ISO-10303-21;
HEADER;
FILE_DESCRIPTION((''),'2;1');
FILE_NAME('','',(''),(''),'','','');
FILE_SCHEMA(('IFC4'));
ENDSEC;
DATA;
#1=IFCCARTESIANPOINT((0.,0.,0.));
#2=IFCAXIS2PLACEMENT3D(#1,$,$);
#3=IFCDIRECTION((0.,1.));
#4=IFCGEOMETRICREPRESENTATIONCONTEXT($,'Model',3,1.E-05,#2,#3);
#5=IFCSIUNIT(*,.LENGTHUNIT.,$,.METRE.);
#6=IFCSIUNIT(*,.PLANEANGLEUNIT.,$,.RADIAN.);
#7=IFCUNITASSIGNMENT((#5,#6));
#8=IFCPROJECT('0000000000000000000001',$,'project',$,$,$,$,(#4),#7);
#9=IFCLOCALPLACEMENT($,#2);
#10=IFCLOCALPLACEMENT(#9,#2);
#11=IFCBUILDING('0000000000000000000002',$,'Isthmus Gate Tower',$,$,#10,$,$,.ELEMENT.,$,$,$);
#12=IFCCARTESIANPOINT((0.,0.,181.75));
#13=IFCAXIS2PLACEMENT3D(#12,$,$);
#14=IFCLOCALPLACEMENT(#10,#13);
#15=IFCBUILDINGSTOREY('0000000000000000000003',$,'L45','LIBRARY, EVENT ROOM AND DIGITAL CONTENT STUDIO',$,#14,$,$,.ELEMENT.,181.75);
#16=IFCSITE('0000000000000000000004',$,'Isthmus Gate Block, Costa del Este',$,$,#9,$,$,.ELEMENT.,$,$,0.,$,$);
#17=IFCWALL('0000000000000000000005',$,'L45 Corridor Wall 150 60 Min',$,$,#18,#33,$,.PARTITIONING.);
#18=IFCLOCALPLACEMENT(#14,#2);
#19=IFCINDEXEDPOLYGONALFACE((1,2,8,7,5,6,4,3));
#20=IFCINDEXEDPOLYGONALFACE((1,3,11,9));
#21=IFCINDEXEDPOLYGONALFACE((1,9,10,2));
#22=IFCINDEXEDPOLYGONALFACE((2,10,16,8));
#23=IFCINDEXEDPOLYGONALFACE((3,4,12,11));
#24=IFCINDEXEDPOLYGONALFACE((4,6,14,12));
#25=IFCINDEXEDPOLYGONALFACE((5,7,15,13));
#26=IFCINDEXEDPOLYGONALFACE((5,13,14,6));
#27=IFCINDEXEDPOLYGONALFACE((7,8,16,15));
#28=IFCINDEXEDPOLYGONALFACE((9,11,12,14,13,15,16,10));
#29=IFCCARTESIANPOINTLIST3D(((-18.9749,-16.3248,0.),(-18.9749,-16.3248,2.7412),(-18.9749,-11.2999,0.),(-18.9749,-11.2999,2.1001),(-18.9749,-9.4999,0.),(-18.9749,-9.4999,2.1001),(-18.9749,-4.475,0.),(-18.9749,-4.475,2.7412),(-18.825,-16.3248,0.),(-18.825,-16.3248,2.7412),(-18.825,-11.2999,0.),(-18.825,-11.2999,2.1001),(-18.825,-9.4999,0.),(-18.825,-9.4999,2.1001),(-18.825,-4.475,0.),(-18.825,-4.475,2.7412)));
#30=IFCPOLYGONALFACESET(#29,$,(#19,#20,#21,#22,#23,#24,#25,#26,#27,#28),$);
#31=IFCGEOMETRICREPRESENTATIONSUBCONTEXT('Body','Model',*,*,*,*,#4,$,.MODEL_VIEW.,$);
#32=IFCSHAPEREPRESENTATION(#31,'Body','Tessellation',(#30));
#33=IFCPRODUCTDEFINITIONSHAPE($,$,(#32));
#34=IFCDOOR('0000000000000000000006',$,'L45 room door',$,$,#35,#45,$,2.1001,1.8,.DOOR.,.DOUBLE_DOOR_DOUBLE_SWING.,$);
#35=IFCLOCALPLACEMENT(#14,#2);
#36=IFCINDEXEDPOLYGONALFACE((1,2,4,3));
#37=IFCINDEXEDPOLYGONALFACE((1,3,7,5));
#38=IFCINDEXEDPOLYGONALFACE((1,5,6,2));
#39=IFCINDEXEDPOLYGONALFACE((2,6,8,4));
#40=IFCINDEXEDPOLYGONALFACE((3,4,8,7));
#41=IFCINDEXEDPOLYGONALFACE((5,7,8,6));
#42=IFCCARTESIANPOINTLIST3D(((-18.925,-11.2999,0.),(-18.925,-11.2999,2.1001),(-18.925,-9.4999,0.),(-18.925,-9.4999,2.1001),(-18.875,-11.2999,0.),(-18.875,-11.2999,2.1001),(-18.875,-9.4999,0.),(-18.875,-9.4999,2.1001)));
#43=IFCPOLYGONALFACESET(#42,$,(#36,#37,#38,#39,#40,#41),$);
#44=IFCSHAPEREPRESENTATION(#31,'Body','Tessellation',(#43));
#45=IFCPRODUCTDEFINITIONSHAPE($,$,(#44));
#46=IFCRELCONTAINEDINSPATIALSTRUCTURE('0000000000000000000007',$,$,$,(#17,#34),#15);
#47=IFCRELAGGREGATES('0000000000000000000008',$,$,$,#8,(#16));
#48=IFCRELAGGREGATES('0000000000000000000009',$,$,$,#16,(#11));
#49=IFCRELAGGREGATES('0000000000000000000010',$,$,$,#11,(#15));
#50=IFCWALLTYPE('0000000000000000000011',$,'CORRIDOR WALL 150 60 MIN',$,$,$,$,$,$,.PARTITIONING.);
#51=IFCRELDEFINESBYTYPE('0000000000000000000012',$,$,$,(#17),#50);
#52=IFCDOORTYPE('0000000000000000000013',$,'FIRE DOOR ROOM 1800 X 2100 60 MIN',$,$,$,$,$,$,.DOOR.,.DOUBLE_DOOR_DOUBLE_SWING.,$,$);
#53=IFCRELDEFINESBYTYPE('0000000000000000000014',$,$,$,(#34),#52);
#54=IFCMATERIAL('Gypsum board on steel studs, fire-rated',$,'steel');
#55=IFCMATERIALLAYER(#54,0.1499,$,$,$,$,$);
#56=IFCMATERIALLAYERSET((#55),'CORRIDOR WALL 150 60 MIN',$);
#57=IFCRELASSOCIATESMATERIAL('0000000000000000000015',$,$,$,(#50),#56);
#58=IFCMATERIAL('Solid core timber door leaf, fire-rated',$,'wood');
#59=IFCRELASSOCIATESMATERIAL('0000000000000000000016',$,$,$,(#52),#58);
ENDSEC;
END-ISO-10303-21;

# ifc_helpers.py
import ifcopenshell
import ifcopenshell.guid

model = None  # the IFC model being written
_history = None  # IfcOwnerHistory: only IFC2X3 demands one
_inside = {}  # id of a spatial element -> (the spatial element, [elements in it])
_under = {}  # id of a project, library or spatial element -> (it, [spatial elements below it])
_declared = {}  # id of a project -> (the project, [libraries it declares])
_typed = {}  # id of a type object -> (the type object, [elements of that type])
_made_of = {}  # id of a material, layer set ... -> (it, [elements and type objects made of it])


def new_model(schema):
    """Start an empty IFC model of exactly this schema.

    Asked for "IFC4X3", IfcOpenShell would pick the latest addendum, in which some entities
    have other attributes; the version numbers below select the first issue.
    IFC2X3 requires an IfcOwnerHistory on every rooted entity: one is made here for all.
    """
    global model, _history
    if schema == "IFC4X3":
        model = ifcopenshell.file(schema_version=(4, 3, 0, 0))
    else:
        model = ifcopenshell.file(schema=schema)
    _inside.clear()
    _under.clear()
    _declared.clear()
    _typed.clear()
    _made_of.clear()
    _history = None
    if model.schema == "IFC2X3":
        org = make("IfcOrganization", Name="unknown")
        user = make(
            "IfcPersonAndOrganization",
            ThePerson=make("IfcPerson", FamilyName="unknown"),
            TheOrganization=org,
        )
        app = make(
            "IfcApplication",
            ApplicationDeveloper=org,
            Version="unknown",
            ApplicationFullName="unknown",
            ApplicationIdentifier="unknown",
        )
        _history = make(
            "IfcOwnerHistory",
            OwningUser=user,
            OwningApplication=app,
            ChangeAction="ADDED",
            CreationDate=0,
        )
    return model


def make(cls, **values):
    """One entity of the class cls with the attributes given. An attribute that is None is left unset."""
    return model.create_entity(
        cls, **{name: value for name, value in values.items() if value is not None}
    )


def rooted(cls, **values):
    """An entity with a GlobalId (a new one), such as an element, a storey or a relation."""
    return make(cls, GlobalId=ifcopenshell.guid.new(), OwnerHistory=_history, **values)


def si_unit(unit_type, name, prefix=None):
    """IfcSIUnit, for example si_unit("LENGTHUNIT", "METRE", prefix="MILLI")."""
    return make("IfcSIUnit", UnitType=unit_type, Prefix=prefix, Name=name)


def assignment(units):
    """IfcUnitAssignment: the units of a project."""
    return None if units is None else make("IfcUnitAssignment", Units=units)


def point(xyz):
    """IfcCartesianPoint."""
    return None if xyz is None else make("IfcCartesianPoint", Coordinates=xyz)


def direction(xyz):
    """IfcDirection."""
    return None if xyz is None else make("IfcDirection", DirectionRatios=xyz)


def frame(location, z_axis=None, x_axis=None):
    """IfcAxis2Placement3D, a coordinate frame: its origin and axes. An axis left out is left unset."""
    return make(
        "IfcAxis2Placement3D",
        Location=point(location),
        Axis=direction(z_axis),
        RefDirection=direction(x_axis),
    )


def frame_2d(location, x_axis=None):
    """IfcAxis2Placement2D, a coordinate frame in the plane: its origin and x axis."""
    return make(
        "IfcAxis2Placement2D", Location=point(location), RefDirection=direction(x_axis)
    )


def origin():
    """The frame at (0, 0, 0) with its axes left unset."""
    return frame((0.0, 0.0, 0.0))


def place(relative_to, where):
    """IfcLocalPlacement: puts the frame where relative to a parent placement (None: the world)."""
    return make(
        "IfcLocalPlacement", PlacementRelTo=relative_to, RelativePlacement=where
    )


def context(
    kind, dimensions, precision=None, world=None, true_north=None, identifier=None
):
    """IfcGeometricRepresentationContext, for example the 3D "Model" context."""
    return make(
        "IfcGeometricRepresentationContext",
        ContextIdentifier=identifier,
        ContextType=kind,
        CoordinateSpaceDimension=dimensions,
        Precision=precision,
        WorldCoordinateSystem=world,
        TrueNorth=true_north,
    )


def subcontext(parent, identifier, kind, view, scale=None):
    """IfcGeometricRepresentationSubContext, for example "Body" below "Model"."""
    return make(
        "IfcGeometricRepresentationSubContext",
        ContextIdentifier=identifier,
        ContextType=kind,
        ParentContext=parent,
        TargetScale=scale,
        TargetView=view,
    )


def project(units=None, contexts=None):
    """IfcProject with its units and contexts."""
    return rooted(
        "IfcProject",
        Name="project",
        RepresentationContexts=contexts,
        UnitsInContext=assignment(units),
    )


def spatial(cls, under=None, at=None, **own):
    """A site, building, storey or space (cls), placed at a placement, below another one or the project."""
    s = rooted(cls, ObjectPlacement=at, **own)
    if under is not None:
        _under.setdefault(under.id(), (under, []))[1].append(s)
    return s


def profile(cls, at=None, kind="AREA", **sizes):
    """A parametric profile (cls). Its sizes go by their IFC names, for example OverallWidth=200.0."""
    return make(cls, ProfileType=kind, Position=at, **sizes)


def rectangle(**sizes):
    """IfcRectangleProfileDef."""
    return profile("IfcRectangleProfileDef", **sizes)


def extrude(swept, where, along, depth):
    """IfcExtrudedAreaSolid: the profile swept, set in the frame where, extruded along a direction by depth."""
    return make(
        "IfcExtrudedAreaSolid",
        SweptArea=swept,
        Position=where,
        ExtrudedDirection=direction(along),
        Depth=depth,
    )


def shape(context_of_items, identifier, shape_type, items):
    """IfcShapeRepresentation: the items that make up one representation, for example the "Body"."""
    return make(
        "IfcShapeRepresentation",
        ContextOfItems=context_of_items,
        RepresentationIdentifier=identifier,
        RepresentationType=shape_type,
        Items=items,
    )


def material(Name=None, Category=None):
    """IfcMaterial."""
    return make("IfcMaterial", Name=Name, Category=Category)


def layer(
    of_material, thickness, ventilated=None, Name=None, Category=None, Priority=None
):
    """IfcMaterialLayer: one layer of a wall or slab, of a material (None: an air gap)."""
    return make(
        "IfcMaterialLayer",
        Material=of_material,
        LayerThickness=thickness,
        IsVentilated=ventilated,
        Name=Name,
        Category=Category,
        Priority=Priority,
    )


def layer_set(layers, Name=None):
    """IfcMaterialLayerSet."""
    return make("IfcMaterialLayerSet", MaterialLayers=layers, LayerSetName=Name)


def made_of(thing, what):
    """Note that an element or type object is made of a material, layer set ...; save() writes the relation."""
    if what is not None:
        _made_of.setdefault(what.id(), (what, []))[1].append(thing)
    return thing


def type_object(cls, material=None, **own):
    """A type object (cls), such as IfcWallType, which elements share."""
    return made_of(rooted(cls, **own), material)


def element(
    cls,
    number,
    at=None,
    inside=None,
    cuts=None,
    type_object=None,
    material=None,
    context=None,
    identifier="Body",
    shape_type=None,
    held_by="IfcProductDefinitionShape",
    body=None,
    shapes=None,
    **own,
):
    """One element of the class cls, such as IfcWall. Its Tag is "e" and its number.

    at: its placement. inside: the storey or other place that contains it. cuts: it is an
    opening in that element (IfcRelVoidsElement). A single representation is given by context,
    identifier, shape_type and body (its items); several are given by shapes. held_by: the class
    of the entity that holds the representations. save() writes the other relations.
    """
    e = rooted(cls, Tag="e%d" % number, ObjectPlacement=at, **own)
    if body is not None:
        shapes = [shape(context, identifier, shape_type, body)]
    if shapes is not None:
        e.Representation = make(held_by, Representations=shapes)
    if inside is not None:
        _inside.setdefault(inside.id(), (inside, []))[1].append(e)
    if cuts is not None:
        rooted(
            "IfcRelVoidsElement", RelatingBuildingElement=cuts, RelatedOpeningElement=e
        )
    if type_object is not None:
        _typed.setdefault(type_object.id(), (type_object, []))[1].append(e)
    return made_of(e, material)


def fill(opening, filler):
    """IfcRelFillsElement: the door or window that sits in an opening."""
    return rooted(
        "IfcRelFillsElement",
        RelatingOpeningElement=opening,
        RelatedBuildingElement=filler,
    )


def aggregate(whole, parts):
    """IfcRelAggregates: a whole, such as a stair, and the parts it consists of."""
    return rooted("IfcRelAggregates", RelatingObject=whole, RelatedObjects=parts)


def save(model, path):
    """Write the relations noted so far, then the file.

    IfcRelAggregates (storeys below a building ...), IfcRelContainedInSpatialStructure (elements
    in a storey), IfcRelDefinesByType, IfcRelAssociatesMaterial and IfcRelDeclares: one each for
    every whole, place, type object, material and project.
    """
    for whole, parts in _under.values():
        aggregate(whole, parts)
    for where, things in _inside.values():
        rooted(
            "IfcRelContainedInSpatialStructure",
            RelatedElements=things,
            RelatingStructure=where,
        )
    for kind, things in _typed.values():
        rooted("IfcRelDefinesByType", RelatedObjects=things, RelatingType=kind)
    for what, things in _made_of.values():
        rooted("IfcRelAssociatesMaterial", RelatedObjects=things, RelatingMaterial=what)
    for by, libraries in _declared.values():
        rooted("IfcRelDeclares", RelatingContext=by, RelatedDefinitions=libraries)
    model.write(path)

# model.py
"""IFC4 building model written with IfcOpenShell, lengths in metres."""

from ifc_helpers import new_model, si_unit, direction, frame, frame_2d, origin, place, context, subcontext, project, spatial, rectangle, extrude, material, layer, layer_set, type_object, element, fill, save


model = new_model("IFC4")

# Units and contexts
model_context = context("Model", 3, precision=1e-05, world=origin(), true_north=direction((0.0, 1.0)))
body_context = subcontext(model_context, "Body", "Model", "MODEL_VIEW")
ifc_project = project(units=[si_unit("LENGTHUNIT", "METRE"), si_unit("PLANEANGLEUNIT", "RADIAN")], contexts=[model_context])

# Site, building, storey
site_placement = place(None, origin())
site = spatial("IfcSite", under=ifc_project, at=site_placement, Name="Isthmus Gate Block, Costa del Este", CompositionType="ELEMENT", RefElevation=0.0)
building_placement = place(site_placement, origin())
building = spatial("IfcBuilding", under=site, at=building_placement, Name="Isthmus Gate Tower", CompositionType="ELEMENT")
storey_placement = place(building_placement, frame((0.0, 0.0, 181.75)))
storey = spatial("IfcBuildingStorey", under=building, at=storey_placement, Name="L45", Description="LIBRARY, EVENT ROOM AND DIGITAL CONTENT STUDIO", CompositionType="ELEMENT", Elevation=181.75)

# Shared definitions
ifc_material_1 = material(Name="Gypsum board on steel studs, fire-rated", Category="steel")
ifc_layer_1 = layer(ifc_material_1, 0.1499)
ifc_layer_set_1 = layer_set([ifc_layer_1], Name="CORRIDOR WALL 150 60 MIN")
wall_type_1 = type_object("IfcWallType", Name="CORRIDOR WALL 150 60 MIN", PredefinedType="PARTITIONING", material=ifc_layer_set_1)

# Wall, opening, door
wall_1_placement = place(storey_placement, frame((-18.8999, -4.4751, 0.0), z_axis=(0.0, 0.0, 1.0), x_axis=(0.0, -1.0, 0.0)))
wall_1 = element("IfcWall", 1, at=wall_1_placement, inside=storey, type_object=wall_type_1, Name="L45 Corridor Wall 150 60 Min", PredefinedType="PARTITIONING", context=body_context, shape_type="SweptSolid", body=[
    extrude(rectangle(XDim=11.8499, YDim=0.1499, at=frame_2d((5.9248, 0.0))), origin(), (0.0, 0.0, 1.0), 2.7412),
])
opening_placement = place(wall_1_placement, frame((5.0249, 0.0, 0.0)))
opening = element("IfcOpeningElement", 2, at=opening_placement, cuts=wall_1, PredefinedType="OPENING", context=body_context, shape_type="SweptSolid", body=[
    extrude(rectangle(XDim=1.8, YDim=2.1001, at=frame_2d((0.8999, 1.05))), frame((0.0, 0.085, 0.0), z_axis=(0.0, -1.0, 0.0), x_axis=(1.0, 0.0, 0.0)), (0.0, 0.0, 1.0), 0.1699),
])
ifc_material_2 = material(Name="Solid core timber door leaf, fire-rated", Category="wood")
door_type = type_object("IfcDoorType", Name="FIRE DOOR ROOM 1800 X 2100 60 MIN", OperationType="DOUBLE_DOOR_DOUBLE_SWING", PredefinedType="DOOR", material=ifc_material_2)
door_placement = place(opening_placement, origin())
door = element("IfcDoor", 3, at=door_placement, inside=storey, type_object=door_type, Name="L45 room door", OperationType="DOUBLE_DOOR_DOUBLE_SWING", OverallHeight=2.1001, OverallWidth=1.8, PredefinedType="DOOR", context=body_context, shape_type="SweptSolid", body=[
    extrude(rectangle(XDim=1.8, YDim=2.1001, at=frame_2d((0.8999, 1.05))), frame((0.0, 0.0249, 0.0), z_axis=(0.0, -1.0, 0.0), x_axis=(1.0, 0.0, 0.0)), (0.0, 0.0, 1.0), 0.05),
])
fill(opening, door)

save(model, "model.ifc")
